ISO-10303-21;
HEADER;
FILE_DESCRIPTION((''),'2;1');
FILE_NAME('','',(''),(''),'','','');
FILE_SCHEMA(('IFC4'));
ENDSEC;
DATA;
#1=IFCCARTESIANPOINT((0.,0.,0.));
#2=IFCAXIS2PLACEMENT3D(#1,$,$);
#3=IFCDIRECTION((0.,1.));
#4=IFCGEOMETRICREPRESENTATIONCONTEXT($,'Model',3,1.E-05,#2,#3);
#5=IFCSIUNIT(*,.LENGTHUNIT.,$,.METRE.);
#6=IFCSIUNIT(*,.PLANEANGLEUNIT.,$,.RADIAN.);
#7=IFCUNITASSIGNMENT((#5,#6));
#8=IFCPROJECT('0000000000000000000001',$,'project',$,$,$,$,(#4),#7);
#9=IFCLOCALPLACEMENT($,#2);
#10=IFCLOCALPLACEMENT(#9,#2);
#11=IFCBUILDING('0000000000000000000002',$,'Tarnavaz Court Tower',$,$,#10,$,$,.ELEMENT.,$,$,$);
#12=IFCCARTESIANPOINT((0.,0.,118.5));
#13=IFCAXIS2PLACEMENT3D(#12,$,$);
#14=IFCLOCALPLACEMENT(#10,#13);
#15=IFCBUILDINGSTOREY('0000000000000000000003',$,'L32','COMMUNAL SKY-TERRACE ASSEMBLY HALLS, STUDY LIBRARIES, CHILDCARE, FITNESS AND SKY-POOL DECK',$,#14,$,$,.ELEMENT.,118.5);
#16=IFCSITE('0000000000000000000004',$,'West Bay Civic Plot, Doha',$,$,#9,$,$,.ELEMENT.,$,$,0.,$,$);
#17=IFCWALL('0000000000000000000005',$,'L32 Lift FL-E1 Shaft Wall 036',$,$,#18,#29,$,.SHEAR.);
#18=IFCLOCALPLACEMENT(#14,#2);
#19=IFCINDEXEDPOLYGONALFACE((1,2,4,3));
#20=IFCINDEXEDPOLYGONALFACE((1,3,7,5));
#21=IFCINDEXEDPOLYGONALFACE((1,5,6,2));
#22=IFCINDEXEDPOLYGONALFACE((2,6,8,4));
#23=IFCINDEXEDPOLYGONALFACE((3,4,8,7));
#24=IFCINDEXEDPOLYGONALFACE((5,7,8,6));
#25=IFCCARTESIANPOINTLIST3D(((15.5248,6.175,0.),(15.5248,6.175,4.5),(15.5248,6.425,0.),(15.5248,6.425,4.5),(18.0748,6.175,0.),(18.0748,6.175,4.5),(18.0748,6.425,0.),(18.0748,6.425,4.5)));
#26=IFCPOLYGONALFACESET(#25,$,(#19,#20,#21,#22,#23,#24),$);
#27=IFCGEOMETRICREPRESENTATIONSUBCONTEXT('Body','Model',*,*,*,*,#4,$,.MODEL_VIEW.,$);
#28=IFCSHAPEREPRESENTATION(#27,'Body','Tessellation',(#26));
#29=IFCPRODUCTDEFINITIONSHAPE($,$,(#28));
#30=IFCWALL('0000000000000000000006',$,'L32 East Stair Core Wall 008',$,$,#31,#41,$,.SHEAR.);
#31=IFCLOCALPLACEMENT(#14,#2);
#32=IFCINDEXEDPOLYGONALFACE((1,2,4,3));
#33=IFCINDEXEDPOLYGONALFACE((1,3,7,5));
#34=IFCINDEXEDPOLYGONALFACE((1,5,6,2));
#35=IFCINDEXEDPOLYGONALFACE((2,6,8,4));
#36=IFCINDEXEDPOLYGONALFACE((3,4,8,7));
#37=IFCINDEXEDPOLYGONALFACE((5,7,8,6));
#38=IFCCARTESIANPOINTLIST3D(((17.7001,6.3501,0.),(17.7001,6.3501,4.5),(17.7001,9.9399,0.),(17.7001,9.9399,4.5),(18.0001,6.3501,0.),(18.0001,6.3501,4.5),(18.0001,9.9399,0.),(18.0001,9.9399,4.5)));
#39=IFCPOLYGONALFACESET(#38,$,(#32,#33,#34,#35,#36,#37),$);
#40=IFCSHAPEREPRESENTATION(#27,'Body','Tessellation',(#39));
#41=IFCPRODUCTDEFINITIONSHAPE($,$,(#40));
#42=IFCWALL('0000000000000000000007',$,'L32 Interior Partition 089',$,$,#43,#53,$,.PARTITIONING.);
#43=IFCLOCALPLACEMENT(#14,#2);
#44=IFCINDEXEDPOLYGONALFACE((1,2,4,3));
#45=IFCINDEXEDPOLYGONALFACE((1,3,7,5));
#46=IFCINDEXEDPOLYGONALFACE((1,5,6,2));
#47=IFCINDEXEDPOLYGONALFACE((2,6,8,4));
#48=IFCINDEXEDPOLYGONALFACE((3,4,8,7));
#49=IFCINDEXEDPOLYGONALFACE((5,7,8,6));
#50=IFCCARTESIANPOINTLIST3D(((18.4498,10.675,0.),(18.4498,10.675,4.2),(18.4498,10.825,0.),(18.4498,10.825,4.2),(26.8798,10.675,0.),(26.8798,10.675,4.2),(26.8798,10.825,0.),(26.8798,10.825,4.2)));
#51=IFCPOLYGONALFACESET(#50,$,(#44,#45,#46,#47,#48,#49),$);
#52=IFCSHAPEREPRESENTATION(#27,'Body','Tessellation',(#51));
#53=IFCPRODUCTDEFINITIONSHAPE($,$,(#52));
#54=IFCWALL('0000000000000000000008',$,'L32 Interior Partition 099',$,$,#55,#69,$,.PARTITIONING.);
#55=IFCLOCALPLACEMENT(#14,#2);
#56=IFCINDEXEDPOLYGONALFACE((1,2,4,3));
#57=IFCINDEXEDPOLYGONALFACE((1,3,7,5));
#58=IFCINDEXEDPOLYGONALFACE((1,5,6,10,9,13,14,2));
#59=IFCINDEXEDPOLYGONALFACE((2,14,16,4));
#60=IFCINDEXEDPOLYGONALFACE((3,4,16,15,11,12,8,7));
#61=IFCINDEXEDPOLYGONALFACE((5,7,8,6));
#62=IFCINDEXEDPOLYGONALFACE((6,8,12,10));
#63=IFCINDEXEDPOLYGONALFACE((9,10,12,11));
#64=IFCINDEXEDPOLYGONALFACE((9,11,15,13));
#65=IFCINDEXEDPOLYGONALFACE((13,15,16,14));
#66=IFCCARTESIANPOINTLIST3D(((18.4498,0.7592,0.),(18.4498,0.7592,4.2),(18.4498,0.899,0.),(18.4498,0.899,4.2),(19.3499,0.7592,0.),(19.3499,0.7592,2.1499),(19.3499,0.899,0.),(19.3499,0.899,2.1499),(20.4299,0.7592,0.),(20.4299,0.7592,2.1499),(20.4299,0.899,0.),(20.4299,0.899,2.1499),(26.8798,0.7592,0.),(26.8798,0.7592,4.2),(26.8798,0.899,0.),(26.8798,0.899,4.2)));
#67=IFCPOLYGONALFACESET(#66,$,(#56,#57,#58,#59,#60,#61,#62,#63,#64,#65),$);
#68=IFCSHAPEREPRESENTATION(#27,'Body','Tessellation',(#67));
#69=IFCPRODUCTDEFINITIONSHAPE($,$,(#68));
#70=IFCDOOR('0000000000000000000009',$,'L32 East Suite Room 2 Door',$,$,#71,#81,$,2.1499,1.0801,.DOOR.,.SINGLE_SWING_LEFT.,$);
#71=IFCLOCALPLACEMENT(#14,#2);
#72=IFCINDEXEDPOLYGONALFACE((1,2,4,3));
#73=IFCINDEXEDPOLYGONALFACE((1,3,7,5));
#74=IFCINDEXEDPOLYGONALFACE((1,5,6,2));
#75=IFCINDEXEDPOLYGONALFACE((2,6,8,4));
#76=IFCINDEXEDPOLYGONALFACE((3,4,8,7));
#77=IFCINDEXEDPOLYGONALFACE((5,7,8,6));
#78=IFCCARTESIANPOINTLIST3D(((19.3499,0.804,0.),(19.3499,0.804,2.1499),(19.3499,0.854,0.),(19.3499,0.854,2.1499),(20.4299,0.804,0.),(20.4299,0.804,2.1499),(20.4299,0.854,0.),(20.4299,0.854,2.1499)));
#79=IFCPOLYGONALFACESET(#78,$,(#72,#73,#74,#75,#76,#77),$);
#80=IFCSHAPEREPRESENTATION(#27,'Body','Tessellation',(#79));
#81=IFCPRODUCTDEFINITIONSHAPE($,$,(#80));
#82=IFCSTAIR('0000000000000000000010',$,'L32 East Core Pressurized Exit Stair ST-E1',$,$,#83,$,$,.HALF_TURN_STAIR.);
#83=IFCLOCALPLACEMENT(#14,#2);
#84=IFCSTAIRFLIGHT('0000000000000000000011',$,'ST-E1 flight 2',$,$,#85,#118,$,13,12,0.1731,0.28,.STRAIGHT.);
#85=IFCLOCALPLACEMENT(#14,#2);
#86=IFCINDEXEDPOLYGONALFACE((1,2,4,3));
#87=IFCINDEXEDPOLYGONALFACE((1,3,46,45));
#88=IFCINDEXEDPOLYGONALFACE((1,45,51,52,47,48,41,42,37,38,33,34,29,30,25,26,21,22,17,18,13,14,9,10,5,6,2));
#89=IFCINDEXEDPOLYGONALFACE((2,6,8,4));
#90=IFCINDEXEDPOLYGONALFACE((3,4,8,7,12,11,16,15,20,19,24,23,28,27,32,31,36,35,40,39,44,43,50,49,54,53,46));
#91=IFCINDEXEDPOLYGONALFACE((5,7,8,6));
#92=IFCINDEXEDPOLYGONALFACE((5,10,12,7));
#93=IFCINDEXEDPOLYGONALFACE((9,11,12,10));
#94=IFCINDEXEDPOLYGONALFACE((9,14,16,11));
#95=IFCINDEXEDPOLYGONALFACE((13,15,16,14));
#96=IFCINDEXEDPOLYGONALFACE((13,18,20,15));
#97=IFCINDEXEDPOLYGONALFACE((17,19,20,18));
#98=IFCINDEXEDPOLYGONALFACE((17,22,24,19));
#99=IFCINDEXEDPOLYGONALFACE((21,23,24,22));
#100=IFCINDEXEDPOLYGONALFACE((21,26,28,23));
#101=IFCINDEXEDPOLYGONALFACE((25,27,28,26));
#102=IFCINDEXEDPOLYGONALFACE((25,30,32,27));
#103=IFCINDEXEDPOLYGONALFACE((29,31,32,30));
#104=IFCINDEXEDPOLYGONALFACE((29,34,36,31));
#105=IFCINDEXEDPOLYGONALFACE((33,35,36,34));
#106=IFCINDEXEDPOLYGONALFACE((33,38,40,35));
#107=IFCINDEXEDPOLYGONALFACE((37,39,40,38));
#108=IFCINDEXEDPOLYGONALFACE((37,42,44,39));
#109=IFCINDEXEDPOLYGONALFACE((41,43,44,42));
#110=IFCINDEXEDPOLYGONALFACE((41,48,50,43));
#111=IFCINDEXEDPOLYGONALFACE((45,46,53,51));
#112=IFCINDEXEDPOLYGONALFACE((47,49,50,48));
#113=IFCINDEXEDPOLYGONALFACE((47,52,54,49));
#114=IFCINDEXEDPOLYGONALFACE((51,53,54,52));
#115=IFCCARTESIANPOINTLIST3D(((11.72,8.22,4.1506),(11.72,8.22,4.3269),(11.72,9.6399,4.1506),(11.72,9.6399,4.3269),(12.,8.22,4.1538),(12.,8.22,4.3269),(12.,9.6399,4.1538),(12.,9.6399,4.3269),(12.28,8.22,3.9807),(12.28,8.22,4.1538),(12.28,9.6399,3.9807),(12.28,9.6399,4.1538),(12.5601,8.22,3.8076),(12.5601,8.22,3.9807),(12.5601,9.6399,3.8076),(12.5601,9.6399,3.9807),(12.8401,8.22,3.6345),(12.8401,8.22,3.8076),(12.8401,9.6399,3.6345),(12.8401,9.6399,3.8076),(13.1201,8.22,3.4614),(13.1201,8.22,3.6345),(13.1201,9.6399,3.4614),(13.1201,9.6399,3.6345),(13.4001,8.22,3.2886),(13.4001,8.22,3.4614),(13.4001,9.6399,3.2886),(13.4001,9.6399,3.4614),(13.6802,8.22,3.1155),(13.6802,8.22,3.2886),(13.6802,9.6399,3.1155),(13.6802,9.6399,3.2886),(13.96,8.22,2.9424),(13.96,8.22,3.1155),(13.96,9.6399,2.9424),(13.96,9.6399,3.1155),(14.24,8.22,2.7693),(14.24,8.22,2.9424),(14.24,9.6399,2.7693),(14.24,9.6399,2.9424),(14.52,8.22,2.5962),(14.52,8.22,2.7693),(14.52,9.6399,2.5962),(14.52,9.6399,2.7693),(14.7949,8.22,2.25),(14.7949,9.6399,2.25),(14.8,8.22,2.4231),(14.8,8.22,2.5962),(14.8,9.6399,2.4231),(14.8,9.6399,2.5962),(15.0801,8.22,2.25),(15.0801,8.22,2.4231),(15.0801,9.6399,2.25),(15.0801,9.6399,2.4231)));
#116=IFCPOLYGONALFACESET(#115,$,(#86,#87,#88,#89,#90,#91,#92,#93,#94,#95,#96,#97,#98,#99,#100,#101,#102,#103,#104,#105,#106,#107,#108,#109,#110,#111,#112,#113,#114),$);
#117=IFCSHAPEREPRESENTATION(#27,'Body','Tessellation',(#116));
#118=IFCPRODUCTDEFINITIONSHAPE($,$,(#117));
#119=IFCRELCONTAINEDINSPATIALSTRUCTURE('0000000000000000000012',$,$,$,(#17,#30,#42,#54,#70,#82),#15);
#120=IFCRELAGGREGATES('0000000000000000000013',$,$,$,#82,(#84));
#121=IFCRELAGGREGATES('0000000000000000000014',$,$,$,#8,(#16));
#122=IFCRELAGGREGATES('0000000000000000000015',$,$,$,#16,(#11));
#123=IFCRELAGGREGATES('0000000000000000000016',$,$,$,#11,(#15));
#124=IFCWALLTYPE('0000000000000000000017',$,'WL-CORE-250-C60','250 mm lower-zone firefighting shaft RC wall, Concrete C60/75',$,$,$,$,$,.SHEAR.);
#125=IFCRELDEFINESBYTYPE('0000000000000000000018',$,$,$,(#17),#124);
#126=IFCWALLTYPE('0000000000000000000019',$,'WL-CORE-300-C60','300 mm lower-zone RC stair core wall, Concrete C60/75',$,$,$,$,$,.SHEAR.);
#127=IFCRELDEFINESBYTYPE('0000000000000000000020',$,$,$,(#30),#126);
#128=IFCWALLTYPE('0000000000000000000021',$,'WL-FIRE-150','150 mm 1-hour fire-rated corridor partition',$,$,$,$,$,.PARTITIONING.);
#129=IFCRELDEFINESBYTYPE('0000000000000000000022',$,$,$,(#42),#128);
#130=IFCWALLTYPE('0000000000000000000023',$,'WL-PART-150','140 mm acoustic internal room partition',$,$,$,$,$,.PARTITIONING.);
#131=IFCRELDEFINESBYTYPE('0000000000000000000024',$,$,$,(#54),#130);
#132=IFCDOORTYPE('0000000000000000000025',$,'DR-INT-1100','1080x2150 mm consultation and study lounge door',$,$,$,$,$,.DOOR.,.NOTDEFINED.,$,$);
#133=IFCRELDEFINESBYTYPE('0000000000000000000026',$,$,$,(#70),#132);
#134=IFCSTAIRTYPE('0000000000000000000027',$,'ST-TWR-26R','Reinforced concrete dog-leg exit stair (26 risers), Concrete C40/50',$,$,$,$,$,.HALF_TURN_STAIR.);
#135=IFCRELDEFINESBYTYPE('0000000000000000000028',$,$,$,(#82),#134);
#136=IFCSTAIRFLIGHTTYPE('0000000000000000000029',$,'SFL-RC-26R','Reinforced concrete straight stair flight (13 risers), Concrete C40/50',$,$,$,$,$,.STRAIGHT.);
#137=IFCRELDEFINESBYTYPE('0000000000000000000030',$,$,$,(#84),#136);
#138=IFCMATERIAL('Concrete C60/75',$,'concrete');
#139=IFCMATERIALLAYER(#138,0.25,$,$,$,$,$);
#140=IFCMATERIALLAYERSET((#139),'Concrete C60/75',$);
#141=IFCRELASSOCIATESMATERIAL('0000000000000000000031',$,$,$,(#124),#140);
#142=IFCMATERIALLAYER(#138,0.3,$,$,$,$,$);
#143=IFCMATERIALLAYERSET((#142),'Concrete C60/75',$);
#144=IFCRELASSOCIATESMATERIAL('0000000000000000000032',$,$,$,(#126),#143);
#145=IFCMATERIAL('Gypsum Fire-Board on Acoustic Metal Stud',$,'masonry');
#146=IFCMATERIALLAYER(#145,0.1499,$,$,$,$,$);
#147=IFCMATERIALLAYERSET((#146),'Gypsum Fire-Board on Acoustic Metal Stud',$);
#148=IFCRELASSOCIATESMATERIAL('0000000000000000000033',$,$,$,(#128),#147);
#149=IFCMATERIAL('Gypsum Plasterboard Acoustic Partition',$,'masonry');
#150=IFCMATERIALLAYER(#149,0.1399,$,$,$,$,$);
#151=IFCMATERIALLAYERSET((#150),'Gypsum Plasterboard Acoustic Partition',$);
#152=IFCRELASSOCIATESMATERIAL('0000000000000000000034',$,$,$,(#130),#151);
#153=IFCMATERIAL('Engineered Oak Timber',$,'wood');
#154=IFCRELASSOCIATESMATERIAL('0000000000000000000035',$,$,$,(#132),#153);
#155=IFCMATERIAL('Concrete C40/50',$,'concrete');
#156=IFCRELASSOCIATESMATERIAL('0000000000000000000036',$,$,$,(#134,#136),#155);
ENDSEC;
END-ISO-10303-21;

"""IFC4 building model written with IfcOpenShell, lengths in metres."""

from ifc_helpers import new_model, si_unit, direction, frame, frame_2d, origin, place, context, subcontext, project, spatial, polyline, rectangle, outline, extrude, material, layer, layer_set, type_object, element, fill, aggregate, save


model = new_model("IFC4")

# Units and contexts
model_context = context("Model", 3, precision=1e-05, world=origin(), true_north=direction((0.0, 1.0)))
body_context = subcontext(model_context, "Body", "Model", "MODEL_VIEW")
ifc_project = project(units=[si_unit("LENGTHUNIT", "METRE"), si_unit("PLANEANGLEUNIT", "RADIAN")], contexts=[model_context])

# Site, building, storey
site_placement = place(None, origin())
site = spatial("IfcSite", under=ifc_project, at=site_placement, Name="West Bay Civic Plot, Doha", CompositionType="ELEMENT", RefElevation=0.0)
building_placement = place(site_placement, origin())
building = spatial("IfcBuilding", under=site, at=building_placement, Name="Tarnavaz Court Tower", CompositionType="ELEMENT")
storey_placement = place(building_placement, frame((0.0, 0.0, 118.5)))
storey = spatial("IfcBuildingStorey", under=building, at=storey_placement, Name="L32", Description="COMMUNAL SKY-TERRACE ASSEMBLY HALLS, STUDY LIBRARIES, CHILDCARE, FITNESS AND SKY-POOL DECK", CompositionType="ELEMENT", Elevation=118.5)

# Shared definitions
ifc_material_1 = material(Name="Concrete C60/75", Category="concrete")

# Shared definitions
ifc_layer_1 = layer(ifc_material_1, 0.25)
ifc_layer_set_1 = layer_set([ifc_layer_1], Name="Concrete C60/75")
wall_type_1 = type_object("IfcWallType", Name="WL-CORE-250-C60", Description="250 mm lower-zone firefighting shaft RC wall, Concrete C60/75", PredefinedType="SHEAR", material=ifc_layer_set_1)

# Walls
for number, where, z_axis, x_axis, name in (
    (1, (15.5249, 6.3, 0.0), (0.0, 0.0, 1.0), (1.0, 0.0, 0.0), "L32 Lift FL-E1 Shaft Wall 036"),
):
    element("IfcWall", number, at=place(storey_placement, frame(where, z_axis=z_axis, x_axis=x_axis)), inside=storey, type_object=wall_type_1, Name=name, PredefinedType="SHEAR", context=body_context, shape_type="SweptSolid", body=[
        extrude(rectangle(XDim=2.55, YDim=0.25, at=frame_2d((1.2749, 0.0))), origin(), (0.0, 0.0, 1.0), 4.5),
    ])
ifc_layer_2 = layer(ifc_material_1, 0.3)
ifc_layer_set_2 = layer_set([ifc_layer_2], Name="Concrete C60/75")
wall_type_2 = type_object("IfcWallType", Name="WL-CORE-300-C60", Description="300 mm lower-zone RC stair core wall, Concrete C60/75", PredefinedType="SHEAR", material=ifc_layer_set_2)
wall_1_placement = place(storey_placement, frame((17.8501, 6.3501, 0.0), z_axis=(0.0, 0.0, 1.0), x_axis=(0.0, 1.0, 0.0)))
element("IfcWall", 2, at=wall_1_placement, inside=storey, type_object=wall_type_2, Name="L32 East Stair Core Wall 008", PredefinedType="SHEAR", context=body_context, shape_type="SweptSolid", body=[
    extrude(rectangle(XDim=3.5898, YDim=0.3, at=frame_2d((1.7949, 0.0))), origin(), (0.0, 0.0, 1.0), 4.5),
])
ifc_material_2 = material(Name="Gypsum Fire-Board on Acoustic Metal Stud", Category="masonry")
ifc_layer_3 = layer(ifc_material_2, 0.1499)
ifc_layer_set_3 = layer_set([ifc_layer_3], Name="Gypsum Fire-Board on Acoustic Metal Stud")
wall_type_3 = type_object("IfcWallType", Name="WL-FIRE-150", Description="150 mm 1-hour fire-rated corridor partition", PredefinedType="PARTITIONING", material=ifc_layer_set_3)
wall_2_placement = place(storey_placement, frame((18.45, 10.75, 0.0), z_axis=(0.0, 0.0, 1.0), x_axis=(1.0, 0.0, 0.0)))
element("IfcWall", 3, at=wall_2_placement, inside=storey, type_object=wall_type_3, Name="L32 Interior Partition 089", PredefinedType="PARTITIONING", context=body_context, shape_type="SweptSolid", body=[
    extrude(rectangle(XDim=8.4299, YDim=0.1499, at=frame_2d((4.2148, 0.0))), origin(), (0.0, 0.0, 1.0), 4.2),
])

# Wall, opening, door
ifc_material_3 = material(Name="Gypsum Plasterboard Acoustic Partition", Category="masonry")
ifc_layer_4 = layer(ifc_material_3, 0.1399)
ifc_layer_set_4 = layer_set([ifc_layer_4], Name="Gypsum Plasterboard Acoustic Partition")
wall_type_4 = type_object("IfcWallType", Name="WL-PART-150", Description="140 mm acoustic internal room partition", PredefinedType="PARTITIONING", material=ifc_layer_set_4)
wall_3_placement = place(storey_placement, frame((18.45, 0.8291, 0.0), z_axis=(0.0, 0.0, 1.0), x_axis=(1.0, 0.0, 0.0)))
wall_3 = element("IfcWall", 4, at=wall_3_placement, inside=storey, type_object=wall_type_4, Name="L32 Interior Partition 099", PredefinedType="PARTITIONING", context=body_context, shape_type="SweptSolid", body=[
    extrude(rectangle(XDim=8.4299, YDim=0.1399, at=frame_2d((4.2148, 0.0))), origin(), (0.0, 0.0, 1.0), 4.2),
])
opening_1_placement = place(wall_3_placement, frame((0.8999, 0.0, 0.0)))
opening_1 = element("IfcOpeningElement", 5, at=opening_1_placement, cuts=wall_3, PredefinedType="OPENING", context=body_context, shape_type="SweptSolid", body=[
    extrude(rectangle(XDim=1.0801, YDim=2.1499, at=frame_2d((0.54, 1.075))), frame((0.0, 0.0798, 0.0), z_axis=(0.0, -1.0, 0.0), x_axis=(1.0, 0.0, 0.0)), (0.0, 0.0, 1.0), 0.1599),
])
ifc_material_4 = material(Name="Engineered Oak Timber", Category="wood")
door_type_1 = type_object("IfcDoorType", Name="DR-INT-1100", Description="1080x2150 mm consultation and study lounge door", OperationType="NOTDEFINED", PredefinedType="DOOR", material=ifc_material_4)
door_1_placement = place(opening_1_placement, origin())
door_1 = element("IfcDoor", 6, at=door_1_placement, inside=storey, type_object=door_type_1, Name="L32 East Suite Room 2 Door", OperationType="SINGLE_SWING_LEFT", OverallHeight=2.1499, OverallWidth=1.0801, PredefinedType="DOOR", context=body_context, shape_type="SweptSolid", body=[
    extrude(rectangle(XDim=1.0801, YDim=2.1499, at=frame_2d((0.54, 1.075))), frame((0.0, 0.0249, 0.0), z_axis=(0.0, -1.0, 0.0), x_axis=(1.0, 0.0, 0.0)), (0.0, 0.0, 1.0), 0.05),
])
fill(opening_1, door_1)

# Stair, stair flight
ifc_material_5 = material(Name="Concrete C40/50", Category="concrete")
stair_type = type_object("IfcStairType", Name="ST-TWR-26R", Description="Reinforced concrete dog-leg exit stair (26 risers), Concrete C40/50", PredefinedType="HALF_TURN_STAIR", material=ifc_material_5)
stair_placement = place(storey_placement, origin())
stair = element("IfcStair", 7, at=stair_placement, inside=storey, type_object=stair_type, Name="L32 East Core Pressurized Exit Stair ST-E1", PredefinedType="HALF_TURN_STAIR")
stair_flight_type = type_object("IfcStairFlightType", Name="SFL-RC-26R", Description="Reinforced concrete straight stair flight (13 risers), Concrete C40/50", PredefinedType="STRAIGHT", material=ifc_material_5)
stair_flight_placement = place(storey_placement, frame((15.0801, 8.9299, 2.25), z_axis=(0.0, 0.0, 1.0), x_axis=(-1.0, 0.0, 0.0)))
stair_flight = element("IfcStairFlight", 8, at=stair_flight_placement, type_object=stair_flight_type, Name="ST-E1 flight 2", NumberOfRisers=13, NumberOfTreads=12, PredefinedType="STRAIGHT", RiserHeight=0.1731, TreadLength=0.28, context=body_context, shape_type="SweptSolid", body=[
    extrude(outline(polyline([(0.0, 0.0), (0.0, 0.1731), (0.28, 0.1731), (0.28, 0.3462), (0.5601, 0.3462), (0.5601, 0.5193), (0.8401, 0.5193), (0.8401, 0.6924), (1.1201, 0.6924), (1.1201, 0.8655), (1.3999, 0.8655), (1.3999, 1.0386), (1.6799, 1.0386), (1.6799, 1.2114), (1.96, 1.2114), (1.96, 1.3845), (2.24, 1.3845), (2.24, 1.5576), (2.52, 1.5576), (2.52, 1.7307), (2.8, 1.7307), (2.8, 1.9038), (3.0801, 1.9038), (3.0801, 2.0769), (3.3601, 2.0769), (3.3601, 2.25), (3.3601, 1.9006), (0.2852, 0.0), (0.0, 0.0)])), frame((0.0, 0.71, 0.0), z_axis=(0.0, -1.0, 0.0), x_axis=(1.0, 0.0, 0.0)), (0.0, 0.0, 1.0), 1.4199),
])
aggregate(stair, [stair_flight])

save(model, "model.ifc")
